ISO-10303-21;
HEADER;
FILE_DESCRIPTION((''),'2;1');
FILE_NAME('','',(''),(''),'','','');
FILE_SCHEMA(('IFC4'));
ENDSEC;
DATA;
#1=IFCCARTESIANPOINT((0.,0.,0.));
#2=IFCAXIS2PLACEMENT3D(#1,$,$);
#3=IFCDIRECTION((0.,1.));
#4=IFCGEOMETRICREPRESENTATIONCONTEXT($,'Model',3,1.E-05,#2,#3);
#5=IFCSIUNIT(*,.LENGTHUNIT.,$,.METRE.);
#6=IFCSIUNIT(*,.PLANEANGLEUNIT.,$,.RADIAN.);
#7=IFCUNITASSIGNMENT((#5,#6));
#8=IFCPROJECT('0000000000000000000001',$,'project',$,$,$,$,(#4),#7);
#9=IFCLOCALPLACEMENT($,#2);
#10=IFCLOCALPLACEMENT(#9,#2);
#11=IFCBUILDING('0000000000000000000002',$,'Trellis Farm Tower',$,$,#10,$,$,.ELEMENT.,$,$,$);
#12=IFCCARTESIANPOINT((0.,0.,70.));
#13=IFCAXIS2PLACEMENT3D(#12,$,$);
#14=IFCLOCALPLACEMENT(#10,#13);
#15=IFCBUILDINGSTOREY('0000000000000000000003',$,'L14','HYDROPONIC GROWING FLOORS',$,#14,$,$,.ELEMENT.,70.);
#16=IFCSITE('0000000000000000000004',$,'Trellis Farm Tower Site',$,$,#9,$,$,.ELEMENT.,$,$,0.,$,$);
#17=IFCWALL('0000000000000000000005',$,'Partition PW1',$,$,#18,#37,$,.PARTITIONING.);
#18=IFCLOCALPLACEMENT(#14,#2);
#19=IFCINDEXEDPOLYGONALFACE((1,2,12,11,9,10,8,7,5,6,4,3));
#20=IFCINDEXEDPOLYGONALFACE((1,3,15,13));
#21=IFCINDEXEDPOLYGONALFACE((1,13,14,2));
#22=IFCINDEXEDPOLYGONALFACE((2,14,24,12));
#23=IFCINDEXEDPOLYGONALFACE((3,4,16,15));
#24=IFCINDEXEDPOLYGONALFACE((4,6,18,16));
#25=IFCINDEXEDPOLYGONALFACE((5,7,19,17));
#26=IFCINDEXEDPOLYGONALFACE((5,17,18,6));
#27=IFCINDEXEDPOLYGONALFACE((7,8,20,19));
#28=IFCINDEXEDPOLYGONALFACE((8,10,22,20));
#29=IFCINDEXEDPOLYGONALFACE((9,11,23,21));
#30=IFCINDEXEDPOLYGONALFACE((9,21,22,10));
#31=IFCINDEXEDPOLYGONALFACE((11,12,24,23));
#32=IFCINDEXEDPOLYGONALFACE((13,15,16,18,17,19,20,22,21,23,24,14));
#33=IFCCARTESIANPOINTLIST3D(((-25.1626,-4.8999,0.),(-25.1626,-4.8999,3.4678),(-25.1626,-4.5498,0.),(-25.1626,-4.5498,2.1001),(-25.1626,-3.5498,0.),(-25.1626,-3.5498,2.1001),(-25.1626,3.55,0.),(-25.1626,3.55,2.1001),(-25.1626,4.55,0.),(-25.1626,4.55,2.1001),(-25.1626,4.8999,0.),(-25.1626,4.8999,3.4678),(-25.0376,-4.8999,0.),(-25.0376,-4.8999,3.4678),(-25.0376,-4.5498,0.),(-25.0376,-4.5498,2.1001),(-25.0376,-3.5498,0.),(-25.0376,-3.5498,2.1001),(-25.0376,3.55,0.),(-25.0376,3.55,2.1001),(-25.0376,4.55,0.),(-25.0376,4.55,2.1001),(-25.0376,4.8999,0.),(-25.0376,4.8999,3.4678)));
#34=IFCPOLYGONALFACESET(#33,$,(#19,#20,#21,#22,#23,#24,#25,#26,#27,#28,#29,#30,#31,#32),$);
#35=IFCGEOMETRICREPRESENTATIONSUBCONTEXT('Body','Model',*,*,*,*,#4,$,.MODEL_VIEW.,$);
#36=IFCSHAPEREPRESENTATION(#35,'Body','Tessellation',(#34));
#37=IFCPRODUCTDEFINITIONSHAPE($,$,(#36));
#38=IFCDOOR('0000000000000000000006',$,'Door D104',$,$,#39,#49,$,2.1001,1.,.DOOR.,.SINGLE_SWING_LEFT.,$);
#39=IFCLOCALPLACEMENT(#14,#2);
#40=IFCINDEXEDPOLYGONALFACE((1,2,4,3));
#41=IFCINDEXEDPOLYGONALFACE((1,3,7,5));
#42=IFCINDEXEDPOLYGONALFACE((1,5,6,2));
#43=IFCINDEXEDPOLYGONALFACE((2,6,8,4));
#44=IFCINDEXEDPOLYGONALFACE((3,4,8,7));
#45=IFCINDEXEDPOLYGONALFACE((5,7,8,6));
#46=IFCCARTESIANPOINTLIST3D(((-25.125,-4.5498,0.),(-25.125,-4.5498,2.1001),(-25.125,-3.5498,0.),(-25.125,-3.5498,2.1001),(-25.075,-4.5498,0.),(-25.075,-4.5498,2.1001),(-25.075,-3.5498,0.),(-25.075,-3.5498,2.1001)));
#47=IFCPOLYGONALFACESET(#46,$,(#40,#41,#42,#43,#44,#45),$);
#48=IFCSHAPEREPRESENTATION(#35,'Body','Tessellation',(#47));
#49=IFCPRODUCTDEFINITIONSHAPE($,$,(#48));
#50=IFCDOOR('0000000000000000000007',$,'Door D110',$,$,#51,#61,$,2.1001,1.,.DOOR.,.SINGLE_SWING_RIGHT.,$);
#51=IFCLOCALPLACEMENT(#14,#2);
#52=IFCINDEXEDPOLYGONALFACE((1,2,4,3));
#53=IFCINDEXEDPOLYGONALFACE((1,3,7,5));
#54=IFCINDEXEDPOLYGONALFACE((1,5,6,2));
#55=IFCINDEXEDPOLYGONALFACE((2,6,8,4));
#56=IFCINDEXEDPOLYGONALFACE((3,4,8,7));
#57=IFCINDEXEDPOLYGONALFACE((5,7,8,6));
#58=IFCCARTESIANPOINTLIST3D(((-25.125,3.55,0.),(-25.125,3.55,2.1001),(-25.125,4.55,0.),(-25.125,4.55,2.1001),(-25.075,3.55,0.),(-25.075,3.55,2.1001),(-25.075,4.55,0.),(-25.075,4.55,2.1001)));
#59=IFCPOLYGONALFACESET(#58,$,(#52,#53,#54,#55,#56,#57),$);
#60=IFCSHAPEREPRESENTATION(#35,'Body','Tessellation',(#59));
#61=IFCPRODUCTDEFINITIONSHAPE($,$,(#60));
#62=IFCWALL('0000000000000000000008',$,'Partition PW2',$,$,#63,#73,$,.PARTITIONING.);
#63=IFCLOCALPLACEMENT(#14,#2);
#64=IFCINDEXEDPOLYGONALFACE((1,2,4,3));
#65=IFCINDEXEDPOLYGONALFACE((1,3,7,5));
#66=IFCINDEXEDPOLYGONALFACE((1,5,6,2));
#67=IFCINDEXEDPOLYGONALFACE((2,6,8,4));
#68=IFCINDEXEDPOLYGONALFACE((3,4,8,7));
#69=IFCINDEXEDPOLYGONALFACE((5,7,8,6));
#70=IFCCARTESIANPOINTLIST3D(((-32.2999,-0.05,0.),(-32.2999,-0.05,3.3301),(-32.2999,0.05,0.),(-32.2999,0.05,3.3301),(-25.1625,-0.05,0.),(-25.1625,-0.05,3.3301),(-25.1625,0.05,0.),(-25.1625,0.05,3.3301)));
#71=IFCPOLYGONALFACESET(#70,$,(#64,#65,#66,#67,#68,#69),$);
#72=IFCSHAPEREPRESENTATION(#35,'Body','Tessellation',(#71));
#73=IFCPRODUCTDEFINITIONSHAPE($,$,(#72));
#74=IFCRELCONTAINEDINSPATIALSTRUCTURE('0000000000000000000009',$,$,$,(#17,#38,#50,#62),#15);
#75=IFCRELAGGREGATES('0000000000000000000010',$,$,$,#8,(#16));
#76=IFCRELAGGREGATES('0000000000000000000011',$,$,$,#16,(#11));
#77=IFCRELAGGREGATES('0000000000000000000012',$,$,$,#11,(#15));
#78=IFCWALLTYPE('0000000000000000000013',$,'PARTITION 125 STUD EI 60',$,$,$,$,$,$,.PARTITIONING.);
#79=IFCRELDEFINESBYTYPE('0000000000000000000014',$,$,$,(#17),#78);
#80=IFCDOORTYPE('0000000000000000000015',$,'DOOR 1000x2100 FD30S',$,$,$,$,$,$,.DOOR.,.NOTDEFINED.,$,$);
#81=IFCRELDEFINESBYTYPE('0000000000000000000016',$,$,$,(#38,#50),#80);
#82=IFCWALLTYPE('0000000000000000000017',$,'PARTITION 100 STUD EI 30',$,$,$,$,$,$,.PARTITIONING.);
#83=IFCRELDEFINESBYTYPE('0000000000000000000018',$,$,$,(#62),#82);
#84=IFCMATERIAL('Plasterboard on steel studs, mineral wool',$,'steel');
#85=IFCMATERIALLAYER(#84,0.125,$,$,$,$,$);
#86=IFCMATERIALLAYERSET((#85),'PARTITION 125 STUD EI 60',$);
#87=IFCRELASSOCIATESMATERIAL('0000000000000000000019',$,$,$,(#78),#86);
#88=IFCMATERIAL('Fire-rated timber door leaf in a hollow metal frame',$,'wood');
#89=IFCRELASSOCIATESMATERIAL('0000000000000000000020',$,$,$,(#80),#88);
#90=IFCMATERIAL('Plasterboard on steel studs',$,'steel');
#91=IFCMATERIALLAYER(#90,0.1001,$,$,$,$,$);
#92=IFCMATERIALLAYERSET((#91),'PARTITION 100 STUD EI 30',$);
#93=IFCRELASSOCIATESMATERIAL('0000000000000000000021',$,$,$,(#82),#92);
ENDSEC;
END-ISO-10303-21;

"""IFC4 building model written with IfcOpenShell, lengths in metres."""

from ifc_helpers import new_model, si_unit, direction, frame, frame_2d, origin, place, context, subcontext, project, spatial, rectangle, extrude, source, transform, mapped, material, layer, layer_set, type_object, element, fill, save


model = new_model("IFC4")

# Units and contexts
model_context = context("Model", 3, precision=1e-05, world=origin(), true_north=direction((0.0, 1.0)))
body_context = subcontext(model_context, "Body", "Model", "MODEL_VIEW")
ifc_project = project(units=[si_unit("LENGTHUNIT", "METRE"), si_unit("PLANEANGLEUNIT", "RADIAN")], contexts=[model_context])

# Site, building, storey
site_placement = place(None, origin())
site = spatial("IfcSite", under=ifc_project, at=site_placement, Name="Trellis Farm Tower Site", CompositionType="ELEMENT", RefElevation=0.0)
building_placement = place(site_placement, origin())
building = spatial("IfcBuilding", under=site, at=building_placement, Name="Trellis Farm Tower", CompositionType="ELEMENT")
storey_placement = place(building_placement, frame((0.0, 0.0, 70.0)))
storey = spatial("IfcBuildingStorey", under=building, at=storey_placement, Name="L14", Description="HYDROPONIC GROWING FLOORS", CompositionType="ELEMENT", Elevation=70.0)

# Wall, openings, doors
ifc_material_1 = material(Name="Plasterboard on steel studs, mineral wool", Category="steel")
ifc_layer_1 = layer(ifc_material_1, 0.125)
ifc_layer_set_1 = layer_set([ifc_layer_1], Name="PARTITION 125 STUD EI 60")
wall_type_1 = type_object("IfcWallType", Name="PARTITION 125 STUD EI 60", PredefinedType="PARTITIONING", material=ifc_layer_set_1)
shared_shape_1 = source(origin(), body_context, "Body", "SweptSolid", [
    extrude(rectangle(XDim=9.7998, YDim=0.125, at=frame_2d((4.8999, 0.0))), origin(), (0.0, 0.0, 1.0), 3.4678),
])
wall_1_placement = place(storey_placement, frame((-25.1001, -4.8999, 0.0), z_axis=(0.0, 0.0, 1.0), x_axis=(0.0, 1.0, 0.0)))
wall_1 = element("IfcWall", 1, at=wall_1_placement, inside=storey, type_object=wall_type_1, Name="Partition PW1", PredefinedType="PARTITIONING", context=body_context, shape_type="MappedRepresentation", body=[
    mapped(shared_shape_1, transform((0.0, 0.0, 0.0))),
])
shared_shape_2 = source(origin(), body_context, "Body", "SweptSolid", [
    extrude(rectangle(XDim=1.0, YDim=2.1001, at=frame_2d((0.5, 1.05))), frame((0.0, 0.0725, 0.0), z_axis=(0.0, -1.0, 0.0), x_axis=(1.0, 0.0, 0.0)), (0.0, 0.0, 1.0), 0.145),
])
opening_1_placement = place(wall_1_placement, frame((0.3501, 0.0, 0.0)))
opening_1 = element("IfcOpeningElement", 2, at=opening_1_placement, cuts=wall_1, PredefinedType="OPENING", context=body_context, shape_type="MappedRepresentation", body=[
    mapped(shared_shape_2, transform((0.0, 0.0, 0.0))),
])
opening_2_placement = place(wall_1_placement, frame((8.45, 0.0, 0.0)))
opening_2 = element("IfcOpeningElement", 3, at=opening_2_placement, cuts=wall_1, PredefinedType="OPENING", context=body_context, shape_type="MappedRepresentation", body=[
    mapped(shared_shape_2, transform((0.0, 0.0, 0.0))),
])
ifc_material_2 = material(Name="Fire-rated timber door leaf in a hollow metal frame", Category="wood")
door_type_1 = type_object("IfcDoorType", Name="DOOR 1000x2100 FD30S", OperationType="NOTDEFINED", PredefinedType="DOOR", material=ifc_material_2)
shared_shape_3 = source(origin(), body_context, "Body", "SweptSolid", [
    extrude(rectangle(XDim=1.0, YDim=2.1001, at=frame_2d((0.5, 1.05))), frame((0.0, 0.0249, 0.0), z_axis=(0.0, -1.0, 0.0), x_axis=(1.0, 0.0, 0.0)), (0.0, 0.0, 1.0), 0.05),
])
door_1_placement = place(opening_1_placement, origin())
door_1 = element("IfcDoor", 4, at=door_1_placement, inside=storey, type_object=door_type_1, Name="Door D104", OperationType="SINGLE_SWING_LEFT", OverallHeight=2.1001, OverallWidth=1.0, PredefinedType="DOOR", context=body_context, shape_type="MappedRepresentation", body=[
    mapped(shared_shape_3, transform((0.0, 0.0, 0.0))),
])
fill(opening_1, door_1)
door_2_placement = place(opening_2_placement, origin())
door_2 = element("IfcDoor", 5, at=door_2_placement, inside=storey, type_object=door_type_1, Name="Door D110", OperationType="SINGLE_SWING_RIGHT", OverallHeight=2.1001, OverallWidth=1.0, PredefinedType="DOOR", context=body_context, shape_type="MappedRepresentation", body=[
    mapped(shared_shape_3, transform((0.0, 0.0, 0.0))),
])
fill(opening_2, door_2)

# Wall
ifc_material_3 = material(Name="Plasterboard on steel studs", Category="steel")
ifc_layer_2 = layer(ifc_material_3, 0.1001)
ifc_layer_set_2 = layer_set([ifc_layer_2], Name="PARTITION 100 STUD EI 30")
wall_type_2 = type_object("IfcWallType", Name="PARTITION 100 STUD EI 30", PredefinedType="PARTITIONING", material=ifc_layer_set_2)
shared_shape_4 = source(origin(), body_context, "Body", "SweptSolid", [
    extrude(rectangle(XDim=7.1375, YDim=0.1001, at=frame_2d((3.5688, 0.0))), origin(), (0.0, 0.0, 1.0), 3.3301),
])
wall_2_placement = place(storey_placement, frame((-32.3, 0.0, 0.0), z_axis=(0.0, 0.0, 1.0), x_axis=(1.0, 0.0, 0.0)))
element("IfcWall", 6, at=wall_2_placement, inside=storey, type_object=wall_type_2, Name="Partition PW2", PredefinedType="PARTITIONING", context=body_context, shape_type="MappedRepresentation", body=[
    mapped(shared_shape_4, transform((0.0, 0.0, 0.0))),
])

save(model, "model.ifc")
